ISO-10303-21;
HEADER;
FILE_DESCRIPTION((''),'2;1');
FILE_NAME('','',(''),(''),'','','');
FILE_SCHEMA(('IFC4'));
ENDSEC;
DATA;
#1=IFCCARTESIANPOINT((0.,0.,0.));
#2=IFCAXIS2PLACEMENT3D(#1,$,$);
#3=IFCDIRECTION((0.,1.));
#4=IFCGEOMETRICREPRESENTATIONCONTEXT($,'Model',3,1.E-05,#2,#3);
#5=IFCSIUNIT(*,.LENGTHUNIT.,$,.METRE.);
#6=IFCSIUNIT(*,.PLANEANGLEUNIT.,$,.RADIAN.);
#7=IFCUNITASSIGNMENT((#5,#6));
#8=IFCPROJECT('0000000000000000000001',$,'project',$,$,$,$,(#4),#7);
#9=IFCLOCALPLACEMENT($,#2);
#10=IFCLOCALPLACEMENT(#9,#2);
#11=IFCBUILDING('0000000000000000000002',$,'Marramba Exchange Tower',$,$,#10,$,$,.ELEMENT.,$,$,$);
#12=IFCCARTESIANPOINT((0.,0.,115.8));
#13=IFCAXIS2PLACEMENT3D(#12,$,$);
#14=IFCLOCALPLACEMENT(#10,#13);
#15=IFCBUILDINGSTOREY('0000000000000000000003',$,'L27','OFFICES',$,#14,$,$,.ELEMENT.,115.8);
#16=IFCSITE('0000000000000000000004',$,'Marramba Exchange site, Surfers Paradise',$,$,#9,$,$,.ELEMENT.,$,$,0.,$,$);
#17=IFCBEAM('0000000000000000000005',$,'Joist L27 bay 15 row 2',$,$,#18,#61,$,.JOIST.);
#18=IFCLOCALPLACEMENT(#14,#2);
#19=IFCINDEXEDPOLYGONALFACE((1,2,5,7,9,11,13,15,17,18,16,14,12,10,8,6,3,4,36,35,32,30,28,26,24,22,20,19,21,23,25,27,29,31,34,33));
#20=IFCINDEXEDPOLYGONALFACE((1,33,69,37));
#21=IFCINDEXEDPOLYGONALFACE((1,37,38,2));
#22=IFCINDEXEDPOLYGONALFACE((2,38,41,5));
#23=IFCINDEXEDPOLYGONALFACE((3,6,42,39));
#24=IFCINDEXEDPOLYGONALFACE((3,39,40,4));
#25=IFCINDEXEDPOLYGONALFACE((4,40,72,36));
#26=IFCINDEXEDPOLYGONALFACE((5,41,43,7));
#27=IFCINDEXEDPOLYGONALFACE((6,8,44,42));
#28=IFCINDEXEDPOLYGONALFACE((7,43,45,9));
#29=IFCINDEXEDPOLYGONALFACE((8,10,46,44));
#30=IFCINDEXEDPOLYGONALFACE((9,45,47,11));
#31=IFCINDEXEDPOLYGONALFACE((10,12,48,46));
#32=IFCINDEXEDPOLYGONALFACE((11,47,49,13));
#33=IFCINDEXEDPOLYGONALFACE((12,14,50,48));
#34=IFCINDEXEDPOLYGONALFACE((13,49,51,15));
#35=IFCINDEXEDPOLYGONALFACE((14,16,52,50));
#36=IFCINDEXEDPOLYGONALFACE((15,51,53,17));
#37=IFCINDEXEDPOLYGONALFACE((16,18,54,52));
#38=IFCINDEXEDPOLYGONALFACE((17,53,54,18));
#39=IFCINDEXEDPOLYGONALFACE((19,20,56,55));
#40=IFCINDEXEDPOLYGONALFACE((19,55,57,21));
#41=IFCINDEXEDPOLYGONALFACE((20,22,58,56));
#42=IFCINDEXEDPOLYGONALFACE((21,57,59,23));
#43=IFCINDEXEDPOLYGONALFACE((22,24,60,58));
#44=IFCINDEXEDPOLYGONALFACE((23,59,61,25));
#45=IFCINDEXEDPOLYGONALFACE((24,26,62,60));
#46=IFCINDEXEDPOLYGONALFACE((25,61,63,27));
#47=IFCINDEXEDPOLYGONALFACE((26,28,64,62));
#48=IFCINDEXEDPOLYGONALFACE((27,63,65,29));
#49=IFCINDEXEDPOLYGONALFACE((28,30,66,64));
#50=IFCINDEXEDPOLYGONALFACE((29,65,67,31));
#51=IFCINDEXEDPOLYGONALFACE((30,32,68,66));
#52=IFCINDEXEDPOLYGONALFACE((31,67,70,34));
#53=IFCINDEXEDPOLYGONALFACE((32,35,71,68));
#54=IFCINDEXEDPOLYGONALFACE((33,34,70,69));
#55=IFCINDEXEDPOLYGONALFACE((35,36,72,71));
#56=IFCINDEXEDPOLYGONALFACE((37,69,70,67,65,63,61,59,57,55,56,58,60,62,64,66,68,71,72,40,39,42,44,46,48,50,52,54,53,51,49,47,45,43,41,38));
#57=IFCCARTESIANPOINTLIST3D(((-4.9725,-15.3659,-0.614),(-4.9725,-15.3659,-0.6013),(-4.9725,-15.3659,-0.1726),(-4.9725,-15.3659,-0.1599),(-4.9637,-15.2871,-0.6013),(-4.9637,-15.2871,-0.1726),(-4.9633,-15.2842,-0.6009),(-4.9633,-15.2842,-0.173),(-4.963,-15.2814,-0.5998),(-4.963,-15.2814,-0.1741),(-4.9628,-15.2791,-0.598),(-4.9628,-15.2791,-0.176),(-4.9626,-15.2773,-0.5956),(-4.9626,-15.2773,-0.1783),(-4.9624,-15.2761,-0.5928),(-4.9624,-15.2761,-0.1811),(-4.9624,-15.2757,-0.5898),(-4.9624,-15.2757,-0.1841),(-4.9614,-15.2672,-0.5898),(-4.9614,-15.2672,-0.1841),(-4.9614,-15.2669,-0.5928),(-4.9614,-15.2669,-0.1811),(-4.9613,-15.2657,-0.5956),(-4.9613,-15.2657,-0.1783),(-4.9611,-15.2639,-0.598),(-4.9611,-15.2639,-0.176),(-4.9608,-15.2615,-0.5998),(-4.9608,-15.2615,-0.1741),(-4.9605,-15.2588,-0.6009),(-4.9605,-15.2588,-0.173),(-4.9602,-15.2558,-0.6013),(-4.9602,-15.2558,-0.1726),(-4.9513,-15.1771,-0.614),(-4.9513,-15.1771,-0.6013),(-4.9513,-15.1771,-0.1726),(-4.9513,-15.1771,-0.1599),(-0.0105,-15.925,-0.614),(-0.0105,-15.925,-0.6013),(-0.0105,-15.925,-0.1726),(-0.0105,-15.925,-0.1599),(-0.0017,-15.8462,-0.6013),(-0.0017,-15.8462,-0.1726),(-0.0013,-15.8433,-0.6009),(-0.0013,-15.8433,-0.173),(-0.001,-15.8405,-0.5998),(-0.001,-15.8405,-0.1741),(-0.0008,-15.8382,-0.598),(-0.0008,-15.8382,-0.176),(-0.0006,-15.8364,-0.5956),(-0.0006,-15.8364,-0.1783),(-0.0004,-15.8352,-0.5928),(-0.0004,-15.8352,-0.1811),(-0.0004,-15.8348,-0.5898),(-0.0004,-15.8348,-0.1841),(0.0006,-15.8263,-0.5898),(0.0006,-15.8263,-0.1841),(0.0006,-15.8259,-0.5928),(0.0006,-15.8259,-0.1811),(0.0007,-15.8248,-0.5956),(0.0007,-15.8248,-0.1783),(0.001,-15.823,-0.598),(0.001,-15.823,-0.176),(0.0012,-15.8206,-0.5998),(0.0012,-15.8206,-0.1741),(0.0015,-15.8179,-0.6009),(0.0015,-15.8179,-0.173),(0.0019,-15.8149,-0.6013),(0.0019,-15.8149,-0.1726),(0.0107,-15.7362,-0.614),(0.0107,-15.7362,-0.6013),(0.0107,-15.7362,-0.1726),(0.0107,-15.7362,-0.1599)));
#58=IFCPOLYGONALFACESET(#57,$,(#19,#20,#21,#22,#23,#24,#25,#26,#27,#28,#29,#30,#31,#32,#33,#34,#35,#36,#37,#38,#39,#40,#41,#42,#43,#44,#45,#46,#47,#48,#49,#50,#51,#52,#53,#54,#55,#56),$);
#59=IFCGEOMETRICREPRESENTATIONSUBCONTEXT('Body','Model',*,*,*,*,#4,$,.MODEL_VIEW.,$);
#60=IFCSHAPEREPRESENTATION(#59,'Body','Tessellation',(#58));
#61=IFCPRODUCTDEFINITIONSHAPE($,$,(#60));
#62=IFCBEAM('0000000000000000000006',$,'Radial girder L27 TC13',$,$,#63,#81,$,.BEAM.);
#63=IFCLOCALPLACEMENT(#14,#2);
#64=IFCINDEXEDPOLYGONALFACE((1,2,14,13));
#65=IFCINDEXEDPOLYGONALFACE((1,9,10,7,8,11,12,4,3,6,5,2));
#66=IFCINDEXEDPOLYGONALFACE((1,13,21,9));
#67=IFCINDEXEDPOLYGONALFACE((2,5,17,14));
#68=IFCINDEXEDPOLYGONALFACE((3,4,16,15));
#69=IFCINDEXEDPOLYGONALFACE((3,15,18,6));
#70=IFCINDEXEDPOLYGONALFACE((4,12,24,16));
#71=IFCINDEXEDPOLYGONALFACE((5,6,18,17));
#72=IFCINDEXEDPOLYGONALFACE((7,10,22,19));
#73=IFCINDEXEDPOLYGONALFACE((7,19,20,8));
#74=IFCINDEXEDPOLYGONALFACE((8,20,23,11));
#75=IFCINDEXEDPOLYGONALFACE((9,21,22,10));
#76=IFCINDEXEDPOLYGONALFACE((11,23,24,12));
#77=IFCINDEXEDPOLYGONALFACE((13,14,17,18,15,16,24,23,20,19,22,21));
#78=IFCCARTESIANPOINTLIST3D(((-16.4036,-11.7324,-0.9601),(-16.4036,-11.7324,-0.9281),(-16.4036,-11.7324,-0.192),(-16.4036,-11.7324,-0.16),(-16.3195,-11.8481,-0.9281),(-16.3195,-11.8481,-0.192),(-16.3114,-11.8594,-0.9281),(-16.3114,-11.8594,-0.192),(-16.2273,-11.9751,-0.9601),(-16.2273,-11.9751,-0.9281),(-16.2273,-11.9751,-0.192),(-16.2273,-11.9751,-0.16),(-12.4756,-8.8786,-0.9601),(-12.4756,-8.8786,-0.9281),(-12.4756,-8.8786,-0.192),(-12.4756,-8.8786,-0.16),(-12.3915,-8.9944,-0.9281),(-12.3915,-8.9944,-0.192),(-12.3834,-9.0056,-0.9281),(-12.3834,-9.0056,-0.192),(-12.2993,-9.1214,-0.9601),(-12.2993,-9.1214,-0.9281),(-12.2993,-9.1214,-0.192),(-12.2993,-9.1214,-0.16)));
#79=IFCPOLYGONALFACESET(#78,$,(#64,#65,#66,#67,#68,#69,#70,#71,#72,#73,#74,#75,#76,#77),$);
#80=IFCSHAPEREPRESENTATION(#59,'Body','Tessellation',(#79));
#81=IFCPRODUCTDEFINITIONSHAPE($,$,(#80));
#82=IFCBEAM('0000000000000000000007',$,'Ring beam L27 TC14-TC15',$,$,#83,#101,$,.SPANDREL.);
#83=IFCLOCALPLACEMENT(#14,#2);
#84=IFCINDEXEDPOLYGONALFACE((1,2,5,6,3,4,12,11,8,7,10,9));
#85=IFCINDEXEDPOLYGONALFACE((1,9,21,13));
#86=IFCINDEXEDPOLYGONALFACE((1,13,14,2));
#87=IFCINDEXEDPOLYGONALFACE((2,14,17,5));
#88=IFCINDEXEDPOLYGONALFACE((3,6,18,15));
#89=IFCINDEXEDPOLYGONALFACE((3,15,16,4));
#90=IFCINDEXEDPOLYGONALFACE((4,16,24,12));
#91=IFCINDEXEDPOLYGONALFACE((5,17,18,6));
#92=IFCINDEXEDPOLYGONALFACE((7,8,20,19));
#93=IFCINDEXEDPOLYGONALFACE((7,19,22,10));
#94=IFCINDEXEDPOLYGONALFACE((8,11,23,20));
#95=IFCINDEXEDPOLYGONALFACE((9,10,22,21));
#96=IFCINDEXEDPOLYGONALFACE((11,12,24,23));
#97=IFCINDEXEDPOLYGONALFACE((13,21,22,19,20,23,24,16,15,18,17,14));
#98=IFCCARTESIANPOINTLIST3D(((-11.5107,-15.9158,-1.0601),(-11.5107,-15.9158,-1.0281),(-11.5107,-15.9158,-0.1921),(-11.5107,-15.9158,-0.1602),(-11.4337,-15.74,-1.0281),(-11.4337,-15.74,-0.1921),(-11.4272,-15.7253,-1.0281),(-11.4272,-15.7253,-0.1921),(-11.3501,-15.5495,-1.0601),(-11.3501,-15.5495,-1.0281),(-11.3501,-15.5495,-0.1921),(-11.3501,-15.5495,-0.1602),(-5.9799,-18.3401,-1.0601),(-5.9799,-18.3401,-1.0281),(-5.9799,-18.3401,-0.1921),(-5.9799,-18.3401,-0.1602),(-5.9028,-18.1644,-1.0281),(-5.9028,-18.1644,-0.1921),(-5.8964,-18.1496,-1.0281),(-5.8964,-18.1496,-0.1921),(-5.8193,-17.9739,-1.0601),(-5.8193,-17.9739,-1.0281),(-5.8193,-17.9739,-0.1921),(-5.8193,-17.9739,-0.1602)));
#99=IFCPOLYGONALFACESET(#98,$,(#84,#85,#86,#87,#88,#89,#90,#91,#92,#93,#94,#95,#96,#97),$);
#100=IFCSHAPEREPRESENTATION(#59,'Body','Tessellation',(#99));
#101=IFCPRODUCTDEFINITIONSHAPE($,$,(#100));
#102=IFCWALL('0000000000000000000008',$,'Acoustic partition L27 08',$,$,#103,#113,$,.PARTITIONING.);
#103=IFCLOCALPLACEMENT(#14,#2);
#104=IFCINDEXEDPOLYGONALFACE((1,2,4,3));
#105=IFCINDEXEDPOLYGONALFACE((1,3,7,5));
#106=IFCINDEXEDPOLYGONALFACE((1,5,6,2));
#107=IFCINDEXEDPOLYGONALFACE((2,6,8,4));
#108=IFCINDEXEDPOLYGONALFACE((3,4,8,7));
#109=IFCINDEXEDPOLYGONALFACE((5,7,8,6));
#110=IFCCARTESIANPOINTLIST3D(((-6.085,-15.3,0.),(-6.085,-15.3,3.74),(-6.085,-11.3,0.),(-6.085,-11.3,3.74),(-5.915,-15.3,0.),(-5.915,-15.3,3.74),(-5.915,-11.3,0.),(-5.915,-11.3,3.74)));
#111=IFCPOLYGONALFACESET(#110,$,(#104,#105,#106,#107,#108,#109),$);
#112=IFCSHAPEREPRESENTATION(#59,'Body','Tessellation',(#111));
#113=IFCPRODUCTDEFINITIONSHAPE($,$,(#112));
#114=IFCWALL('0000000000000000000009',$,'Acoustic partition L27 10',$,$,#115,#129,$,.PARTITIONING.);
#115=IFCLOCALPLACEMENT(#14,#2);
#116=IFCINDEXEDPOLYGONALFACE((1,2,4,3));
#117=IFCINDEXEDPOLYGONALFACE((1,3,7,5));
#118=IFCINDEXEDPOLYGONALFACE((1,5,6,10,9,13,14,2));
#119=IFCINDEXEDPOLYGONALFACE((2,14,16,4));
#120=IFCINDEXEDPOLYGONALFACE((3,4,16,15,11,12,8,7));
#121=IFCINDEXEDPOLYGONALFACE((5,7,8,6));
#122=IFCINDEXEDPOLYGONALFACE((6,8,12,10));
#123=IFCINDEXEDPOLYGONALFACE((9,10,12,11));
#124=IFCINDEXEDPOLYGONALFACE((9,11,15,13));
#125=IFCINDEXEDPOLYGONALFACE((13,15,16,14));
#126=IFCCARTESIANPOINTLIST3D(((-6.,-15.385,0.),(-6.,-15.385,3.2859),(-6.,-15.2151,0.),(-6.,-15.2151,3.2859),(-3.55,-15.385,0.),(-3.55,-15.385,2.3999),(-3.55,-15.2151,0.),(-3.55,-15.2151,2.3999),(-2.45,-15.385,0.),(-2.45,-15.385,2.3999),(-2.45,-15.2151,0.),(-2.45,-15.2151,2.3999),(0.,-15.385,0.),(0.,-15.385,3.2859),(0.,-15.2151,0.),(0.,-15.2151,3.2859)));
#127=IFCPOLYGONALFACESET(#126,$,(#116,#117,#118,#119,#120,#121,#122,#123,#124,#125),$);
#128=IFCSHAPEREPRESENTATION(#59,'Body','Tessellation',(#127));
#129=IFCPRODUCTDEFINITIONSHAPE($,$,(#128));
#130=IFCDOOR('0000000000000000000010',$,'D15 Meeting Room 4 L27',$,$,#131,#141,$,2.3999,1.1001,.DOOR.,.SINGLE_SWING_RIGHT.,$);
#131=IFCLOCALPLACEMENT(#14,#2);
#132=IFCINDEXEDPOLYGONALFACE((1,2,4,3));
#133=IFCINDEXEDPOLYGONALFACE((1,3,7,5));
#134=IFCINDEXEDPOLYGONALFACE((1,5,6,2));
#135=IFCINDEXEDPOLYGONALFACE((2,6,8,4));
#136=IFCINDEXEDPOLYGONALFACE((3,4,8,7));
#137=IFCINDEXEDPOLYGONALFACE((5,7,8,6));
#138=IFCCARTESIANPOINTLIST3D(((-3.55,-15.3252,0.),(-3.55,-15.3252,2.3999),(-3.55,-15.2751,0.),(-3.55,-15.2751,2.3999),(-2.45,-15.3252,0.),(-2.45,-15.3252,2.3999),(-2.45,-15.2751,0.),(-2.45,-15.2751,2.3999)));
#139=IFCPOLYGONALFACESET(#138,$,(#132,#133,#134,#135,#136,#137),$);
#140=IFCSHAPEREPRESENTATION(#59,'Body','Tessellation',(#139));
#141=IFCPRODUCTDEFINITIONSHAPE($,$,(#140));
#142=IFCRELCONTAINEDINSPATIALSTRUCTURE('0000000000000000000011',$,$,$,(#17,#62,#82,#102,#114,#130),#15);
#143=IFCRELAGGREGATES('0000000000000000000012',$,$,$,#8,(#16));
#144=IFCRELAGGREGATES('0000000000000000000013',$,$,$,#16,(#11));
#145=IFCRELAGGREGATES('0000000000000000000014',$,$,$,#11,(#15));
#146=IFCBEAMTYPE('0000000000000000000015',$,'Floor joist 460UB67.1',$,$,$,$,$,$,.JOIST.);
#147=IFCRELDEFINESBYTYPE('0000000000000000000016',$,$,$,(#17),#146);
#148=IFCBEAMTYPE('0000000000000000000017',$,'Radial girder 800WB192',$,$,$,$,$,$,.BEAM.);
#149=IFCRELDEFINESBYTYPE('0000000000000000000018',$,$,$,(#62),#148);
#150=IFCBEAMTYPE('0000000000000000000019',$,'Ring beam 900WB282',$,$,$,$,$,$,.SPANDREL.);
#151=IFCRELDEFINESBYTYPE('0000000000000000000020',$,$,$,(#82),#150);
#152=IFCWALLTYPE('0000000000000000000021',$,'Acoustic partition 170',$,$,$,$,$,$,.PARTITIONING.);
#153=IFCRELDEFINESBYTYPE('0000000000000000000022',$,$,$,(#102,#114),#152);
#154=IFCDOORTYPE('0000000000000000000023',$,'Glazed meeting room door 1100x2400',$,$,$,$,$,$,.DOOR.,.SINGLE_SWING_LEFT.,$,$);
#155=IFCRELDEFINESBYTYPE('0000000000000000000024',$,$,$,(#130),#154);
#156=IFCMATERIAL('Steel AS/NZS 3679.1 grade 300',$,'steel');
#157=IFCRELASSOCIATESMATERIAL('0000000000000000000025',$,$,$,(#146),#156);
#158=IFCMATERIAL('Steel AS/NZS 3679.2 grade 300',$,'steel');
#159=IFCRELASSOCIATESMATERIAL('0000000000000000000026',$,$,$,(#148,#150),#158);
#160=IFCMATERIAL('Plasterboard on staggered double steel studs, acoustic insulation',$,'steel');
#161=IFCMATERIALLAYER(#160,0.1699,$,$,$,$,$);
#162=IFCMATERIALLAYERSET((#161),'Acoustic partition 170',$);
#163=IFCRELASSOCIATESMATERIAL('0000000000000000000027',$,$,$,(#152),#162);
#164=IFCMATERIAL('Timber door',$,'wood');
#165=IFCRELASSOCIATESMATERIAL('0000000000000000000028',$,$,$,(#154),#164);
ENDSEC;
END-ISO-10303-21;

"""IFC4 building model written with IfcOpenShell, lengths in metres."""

from ifc_helpers import new_model, si_unit, direction, frame, frame_2d, origin, origin_2d, place, context, subcontext, project, spatial, rectangle, i_section, extrude, material, layer, layer_set, material_profile, profile_set, type_object, element, fill, save


model = new_model("IFC4")

# Units and contexts
model_context = context("Model", 3, precision=1e-05, world=origin(), true_north=direction((0.0, 1.0)))
body_context = subcontext(model_context, "Body", "Model", "MODEL_VIEW")
ifc_project = project(units=[si_unit("LENGTHUNIT", "METRE"), si_unit("PLANEANGLEUNIT", "RADIAN")], contexts=[model_context])

# Site, building, storey
site_placement = place(None, origin())
site = spatial("IfcSite", under=ifc_project, at=site_placement, Name="Marramba Exchange site, Surfers Paradise", CompositionType="ELEMENT", RefElevation=0.0)
building_placement = place(site_placement, origin())
building = spatial("IfcBuilding", under=site, at=building_placement, Name="Marramba Exchange Tower", CompositionType="ELEMENT")
storey_placement = place(building_placement, frame((0.0, 0.0, 115.8)))
storey = spatial("IfcBuildingStorey", under=building, at=storey_placement, Name="L27", Description="OFFICES", CompositionType="ELEMENT", Elevation=115.8)

# Beams
ifc_material_1 = material(Name="Steel AS/NZS 3679.2 grade 300", Category="steel")
ifc_material_2 = material(Name="Steel AS/NZS 3679.1 grade 300", Category="steel")
ifc_material_profile_1 = material_profile(ifc_material_2, i_section(OverallWidth=0.1899, OverallDepth=0.4541, WebThickness=0.0085, FlangeThickness=0.0127, FilletRadius=0.0115, at=origin_2d()), Name="460UB67.1")
ifc_profile_set_1 = profile_set([ifc_material_profile_1], Name="Steel AS/NZS 3679.1 grade 300")
beam_type_1 = type_object("IfcBeamType", Name="Floor joist 460UB67.1", PredefinedType="JOIST", material=ifc_profile_set_1)
beam_1_placement = place(storey_placement, frame((-4.9619, -15.2715, -0.387), z_axis=(0.993712, -0.111966, 0.0), x_axis=(0.111966, 0.993712, 0.0)))
element("IfcBeam", 1, at=beam_1_placement, inside=storey, type_object=beam_type_1, Name="Joist L27 bay 15 row 2", PredefinedType="JOIST", context=body_context, shape_type="SweptSolid", body=[
    extrude(i_section(OverallWidth=0.1899, OverallDepth=0.4541, WebThickness=0.0085, FlangeThickness=0.0127, FilletRadius=0.0115, at=origin_2d()), origin(), (0.0, 0.0, 1.0), 4.9934),
])
ifc_material_profile_2 = material_profile(ifc_material_1, i_section(OverallWidth=0.3, OverallDepth=0.8, WebThickness=0.0139, FlangeThickness=0.032, at=origin_2d()), Name="800WB192")
ifc_profile_set_2 = profile_set([ifc_material_profile_2], Name="Steel AS/NZS 3679.2 grade 300")
beam_type_2 = type_object("IfcBeamType", Name="Radial girder 800WB192", PredefinedType="BEAM", material=ifc_profile_set_2)
beam_2_placement = place(storey_placement, frame((-12.3875, -9.0, -0.5601), z_axis=(-0.809025, -0.587774, 0.0), x_axis=(0.587774, -0.809025, 0.0)))
element("IfcBeam", 2, at=beam_2_placement, inside=storey, type_object=beam_type_2, Name="Radial girder L27 TC13", PredefinedType="BEAM", context=body_context, shape_type="SweptSolid", body=[
    extrude(i_section(OverallWidth=0.3, OverallDepth=0.8, WebThickness=0.0139, FlangeThickness=0.032, at=origin_2d()), origin(), (0.0, 0.0, 1.0), 4.8552),
])
ifc_material_profile_3 = material_profile(ifc_material_1, i_section(OverallWidth=0.3999, OverallDepth=0.8999, WebThickness=0.0161, FlangeThickness=0.032, at=origin_2d()), Name="900WB282")
ifc_profile_set_3 = profile_set([ifc_material_profile_3], Name="Steel AS/NZS 3679.2 grade 300")
beam_type_3 = type_object("IfcBeamType", Name="Ring beam 900WB282", PredefinedType="SPANDREL", material=ifc_profile_set_3)
beam_3_placement = place(storey_placement, frame((-11.4304, -15.7327, -0.6101), z_axis=(0.915877, -0.401459, 0.0), x_axis=(0.401459, 0.915877, 0.0)))
element("IfcBeam", 3, at=beam_3_placement, inside=storey, type_object=beam_type_3, Name="Ring beam L27 TC14-TC15", PredefinedType="SPANDREL", context=body_context, shape_type="SweptSolid", body=[
    extrude(i_section(OverallWidth=0.3999, OverallDepth=0.8999, WebThickness=0.0161, FlangeThickness=0.032, at=origin_2d()), origin(), (0.0, 0.0, 1.0), 6.0388),
])

# Wall
ifc_material_3 = material(Name="Plasterboard on staggered double steel studs, acoustic insulation", Category="steel")
ifc_layer_1 = layer(ifc_material_3, 0.1699)
ifc_layer_set_1 = layer_set([ifc_layer_1], Name="Acoustic partition 170")
wall_type_1 = type_object("IfcWallType", Name="Acoustic partition 170", PredefinedType="PARTITIONING", material=ifc_layer_set_1)
wall_1_placement = place(storey_placement, frame((-6.0, -11.3, 0.0), z_axis=(0.0, 0.0, 1.0), x_axis=(0.0, -1.0, 0.0)))
element("IfcWall", 4, at=wall_1_placement, inside=storey, type_object=wall_type_1, Name="Acoustic partition L27 08", PredefinedType="PARTITIONING", context=body_context, shape_type="SweptSolid", body=[
    extrude(rectangle(XDim=4.0, YDim=0.1699, at=frame_2d((2.0, 0.0))), origin(), (0.0, 0.0, 1.0), 3.74),
])

# Wall, opening, door
wall_2_placement = place(storey_placement, frame((-6.0, -15.3, 0.0), z_axis=(0.0, 0.0, 1.0), x_axis=(1.0, 0.0, 0.0)))
wall_2 = element("IfcWall", 5, at=wall_2_placement, inside=storey, type_object=wall_type_1, Name="Acoustic partition L27 10", PredefinedType="PARTITIONING", context=body_context, shape_type="SweptSolid", body=[
    extrude(rectangle(XDim=6.0, YDim=0.1699, at=frame_2d((3.0, 0.0))), origin(), (0.0, 0.0, 1.0), 3.2859),
])
opening_1_placement = place(wall_2_placement, frame((2.45, 0.0, 0.0)))
opening_1 = element("IfcOpeningElement", 6, at=opening_1_placement, cuts=wall_2, PredefinedType="OPENING", context=body_context, shape_type="SweptSolid", body=[
    extrude(rectangle(XDim=1.1001, YDim=2.3999, at=frame_2d((0.55, 1.2))), frame((0.0, 0.095, 0.0), z_axis=(0.0, -1.0, 0.0), x_axis=(1.0, 0.0, 0.0)), (0.0, 0.0, 1.0), 0.1899),
])
ifc_material_4 = material(Name="Timber door", Category="wood")
door_type_1 = type_object("IfcDoorType", Name="Glazed meeting room door 1100x2400", OperationType="SINGLE_SWING_LEFT", PredefinedType="DOOR", material=ifc_material_4)
door_1_placement = place(opening_1_placement, origin())
door_1 = element("IfcDoor", 7, at=door_1_placement, inside=storey, type_object=door_type_1, Name="D15 Meeting Room 4 L27", OperationType="SINGLE_SWING_RIGHT", OverallHeight=2.3999, OverallWidth=1.1001, PredefinedType="DOOR", context=body_context, shape_type="SweptSolid", body=[
    extrude(rectangle(XDim=1.1001, YDim=2.3999, at=frame_2d((0.55, 1.2))), frame((0.0, 0.0249, 0.0), z_axis=(0.0, -1.0, 0.0), x_axis=(1.0, 0.0, 0.0)), (0.0, 0.0, 1.0), 0.05),
])
fill(opening_1, door_1)

save(model, "model.ifc")
